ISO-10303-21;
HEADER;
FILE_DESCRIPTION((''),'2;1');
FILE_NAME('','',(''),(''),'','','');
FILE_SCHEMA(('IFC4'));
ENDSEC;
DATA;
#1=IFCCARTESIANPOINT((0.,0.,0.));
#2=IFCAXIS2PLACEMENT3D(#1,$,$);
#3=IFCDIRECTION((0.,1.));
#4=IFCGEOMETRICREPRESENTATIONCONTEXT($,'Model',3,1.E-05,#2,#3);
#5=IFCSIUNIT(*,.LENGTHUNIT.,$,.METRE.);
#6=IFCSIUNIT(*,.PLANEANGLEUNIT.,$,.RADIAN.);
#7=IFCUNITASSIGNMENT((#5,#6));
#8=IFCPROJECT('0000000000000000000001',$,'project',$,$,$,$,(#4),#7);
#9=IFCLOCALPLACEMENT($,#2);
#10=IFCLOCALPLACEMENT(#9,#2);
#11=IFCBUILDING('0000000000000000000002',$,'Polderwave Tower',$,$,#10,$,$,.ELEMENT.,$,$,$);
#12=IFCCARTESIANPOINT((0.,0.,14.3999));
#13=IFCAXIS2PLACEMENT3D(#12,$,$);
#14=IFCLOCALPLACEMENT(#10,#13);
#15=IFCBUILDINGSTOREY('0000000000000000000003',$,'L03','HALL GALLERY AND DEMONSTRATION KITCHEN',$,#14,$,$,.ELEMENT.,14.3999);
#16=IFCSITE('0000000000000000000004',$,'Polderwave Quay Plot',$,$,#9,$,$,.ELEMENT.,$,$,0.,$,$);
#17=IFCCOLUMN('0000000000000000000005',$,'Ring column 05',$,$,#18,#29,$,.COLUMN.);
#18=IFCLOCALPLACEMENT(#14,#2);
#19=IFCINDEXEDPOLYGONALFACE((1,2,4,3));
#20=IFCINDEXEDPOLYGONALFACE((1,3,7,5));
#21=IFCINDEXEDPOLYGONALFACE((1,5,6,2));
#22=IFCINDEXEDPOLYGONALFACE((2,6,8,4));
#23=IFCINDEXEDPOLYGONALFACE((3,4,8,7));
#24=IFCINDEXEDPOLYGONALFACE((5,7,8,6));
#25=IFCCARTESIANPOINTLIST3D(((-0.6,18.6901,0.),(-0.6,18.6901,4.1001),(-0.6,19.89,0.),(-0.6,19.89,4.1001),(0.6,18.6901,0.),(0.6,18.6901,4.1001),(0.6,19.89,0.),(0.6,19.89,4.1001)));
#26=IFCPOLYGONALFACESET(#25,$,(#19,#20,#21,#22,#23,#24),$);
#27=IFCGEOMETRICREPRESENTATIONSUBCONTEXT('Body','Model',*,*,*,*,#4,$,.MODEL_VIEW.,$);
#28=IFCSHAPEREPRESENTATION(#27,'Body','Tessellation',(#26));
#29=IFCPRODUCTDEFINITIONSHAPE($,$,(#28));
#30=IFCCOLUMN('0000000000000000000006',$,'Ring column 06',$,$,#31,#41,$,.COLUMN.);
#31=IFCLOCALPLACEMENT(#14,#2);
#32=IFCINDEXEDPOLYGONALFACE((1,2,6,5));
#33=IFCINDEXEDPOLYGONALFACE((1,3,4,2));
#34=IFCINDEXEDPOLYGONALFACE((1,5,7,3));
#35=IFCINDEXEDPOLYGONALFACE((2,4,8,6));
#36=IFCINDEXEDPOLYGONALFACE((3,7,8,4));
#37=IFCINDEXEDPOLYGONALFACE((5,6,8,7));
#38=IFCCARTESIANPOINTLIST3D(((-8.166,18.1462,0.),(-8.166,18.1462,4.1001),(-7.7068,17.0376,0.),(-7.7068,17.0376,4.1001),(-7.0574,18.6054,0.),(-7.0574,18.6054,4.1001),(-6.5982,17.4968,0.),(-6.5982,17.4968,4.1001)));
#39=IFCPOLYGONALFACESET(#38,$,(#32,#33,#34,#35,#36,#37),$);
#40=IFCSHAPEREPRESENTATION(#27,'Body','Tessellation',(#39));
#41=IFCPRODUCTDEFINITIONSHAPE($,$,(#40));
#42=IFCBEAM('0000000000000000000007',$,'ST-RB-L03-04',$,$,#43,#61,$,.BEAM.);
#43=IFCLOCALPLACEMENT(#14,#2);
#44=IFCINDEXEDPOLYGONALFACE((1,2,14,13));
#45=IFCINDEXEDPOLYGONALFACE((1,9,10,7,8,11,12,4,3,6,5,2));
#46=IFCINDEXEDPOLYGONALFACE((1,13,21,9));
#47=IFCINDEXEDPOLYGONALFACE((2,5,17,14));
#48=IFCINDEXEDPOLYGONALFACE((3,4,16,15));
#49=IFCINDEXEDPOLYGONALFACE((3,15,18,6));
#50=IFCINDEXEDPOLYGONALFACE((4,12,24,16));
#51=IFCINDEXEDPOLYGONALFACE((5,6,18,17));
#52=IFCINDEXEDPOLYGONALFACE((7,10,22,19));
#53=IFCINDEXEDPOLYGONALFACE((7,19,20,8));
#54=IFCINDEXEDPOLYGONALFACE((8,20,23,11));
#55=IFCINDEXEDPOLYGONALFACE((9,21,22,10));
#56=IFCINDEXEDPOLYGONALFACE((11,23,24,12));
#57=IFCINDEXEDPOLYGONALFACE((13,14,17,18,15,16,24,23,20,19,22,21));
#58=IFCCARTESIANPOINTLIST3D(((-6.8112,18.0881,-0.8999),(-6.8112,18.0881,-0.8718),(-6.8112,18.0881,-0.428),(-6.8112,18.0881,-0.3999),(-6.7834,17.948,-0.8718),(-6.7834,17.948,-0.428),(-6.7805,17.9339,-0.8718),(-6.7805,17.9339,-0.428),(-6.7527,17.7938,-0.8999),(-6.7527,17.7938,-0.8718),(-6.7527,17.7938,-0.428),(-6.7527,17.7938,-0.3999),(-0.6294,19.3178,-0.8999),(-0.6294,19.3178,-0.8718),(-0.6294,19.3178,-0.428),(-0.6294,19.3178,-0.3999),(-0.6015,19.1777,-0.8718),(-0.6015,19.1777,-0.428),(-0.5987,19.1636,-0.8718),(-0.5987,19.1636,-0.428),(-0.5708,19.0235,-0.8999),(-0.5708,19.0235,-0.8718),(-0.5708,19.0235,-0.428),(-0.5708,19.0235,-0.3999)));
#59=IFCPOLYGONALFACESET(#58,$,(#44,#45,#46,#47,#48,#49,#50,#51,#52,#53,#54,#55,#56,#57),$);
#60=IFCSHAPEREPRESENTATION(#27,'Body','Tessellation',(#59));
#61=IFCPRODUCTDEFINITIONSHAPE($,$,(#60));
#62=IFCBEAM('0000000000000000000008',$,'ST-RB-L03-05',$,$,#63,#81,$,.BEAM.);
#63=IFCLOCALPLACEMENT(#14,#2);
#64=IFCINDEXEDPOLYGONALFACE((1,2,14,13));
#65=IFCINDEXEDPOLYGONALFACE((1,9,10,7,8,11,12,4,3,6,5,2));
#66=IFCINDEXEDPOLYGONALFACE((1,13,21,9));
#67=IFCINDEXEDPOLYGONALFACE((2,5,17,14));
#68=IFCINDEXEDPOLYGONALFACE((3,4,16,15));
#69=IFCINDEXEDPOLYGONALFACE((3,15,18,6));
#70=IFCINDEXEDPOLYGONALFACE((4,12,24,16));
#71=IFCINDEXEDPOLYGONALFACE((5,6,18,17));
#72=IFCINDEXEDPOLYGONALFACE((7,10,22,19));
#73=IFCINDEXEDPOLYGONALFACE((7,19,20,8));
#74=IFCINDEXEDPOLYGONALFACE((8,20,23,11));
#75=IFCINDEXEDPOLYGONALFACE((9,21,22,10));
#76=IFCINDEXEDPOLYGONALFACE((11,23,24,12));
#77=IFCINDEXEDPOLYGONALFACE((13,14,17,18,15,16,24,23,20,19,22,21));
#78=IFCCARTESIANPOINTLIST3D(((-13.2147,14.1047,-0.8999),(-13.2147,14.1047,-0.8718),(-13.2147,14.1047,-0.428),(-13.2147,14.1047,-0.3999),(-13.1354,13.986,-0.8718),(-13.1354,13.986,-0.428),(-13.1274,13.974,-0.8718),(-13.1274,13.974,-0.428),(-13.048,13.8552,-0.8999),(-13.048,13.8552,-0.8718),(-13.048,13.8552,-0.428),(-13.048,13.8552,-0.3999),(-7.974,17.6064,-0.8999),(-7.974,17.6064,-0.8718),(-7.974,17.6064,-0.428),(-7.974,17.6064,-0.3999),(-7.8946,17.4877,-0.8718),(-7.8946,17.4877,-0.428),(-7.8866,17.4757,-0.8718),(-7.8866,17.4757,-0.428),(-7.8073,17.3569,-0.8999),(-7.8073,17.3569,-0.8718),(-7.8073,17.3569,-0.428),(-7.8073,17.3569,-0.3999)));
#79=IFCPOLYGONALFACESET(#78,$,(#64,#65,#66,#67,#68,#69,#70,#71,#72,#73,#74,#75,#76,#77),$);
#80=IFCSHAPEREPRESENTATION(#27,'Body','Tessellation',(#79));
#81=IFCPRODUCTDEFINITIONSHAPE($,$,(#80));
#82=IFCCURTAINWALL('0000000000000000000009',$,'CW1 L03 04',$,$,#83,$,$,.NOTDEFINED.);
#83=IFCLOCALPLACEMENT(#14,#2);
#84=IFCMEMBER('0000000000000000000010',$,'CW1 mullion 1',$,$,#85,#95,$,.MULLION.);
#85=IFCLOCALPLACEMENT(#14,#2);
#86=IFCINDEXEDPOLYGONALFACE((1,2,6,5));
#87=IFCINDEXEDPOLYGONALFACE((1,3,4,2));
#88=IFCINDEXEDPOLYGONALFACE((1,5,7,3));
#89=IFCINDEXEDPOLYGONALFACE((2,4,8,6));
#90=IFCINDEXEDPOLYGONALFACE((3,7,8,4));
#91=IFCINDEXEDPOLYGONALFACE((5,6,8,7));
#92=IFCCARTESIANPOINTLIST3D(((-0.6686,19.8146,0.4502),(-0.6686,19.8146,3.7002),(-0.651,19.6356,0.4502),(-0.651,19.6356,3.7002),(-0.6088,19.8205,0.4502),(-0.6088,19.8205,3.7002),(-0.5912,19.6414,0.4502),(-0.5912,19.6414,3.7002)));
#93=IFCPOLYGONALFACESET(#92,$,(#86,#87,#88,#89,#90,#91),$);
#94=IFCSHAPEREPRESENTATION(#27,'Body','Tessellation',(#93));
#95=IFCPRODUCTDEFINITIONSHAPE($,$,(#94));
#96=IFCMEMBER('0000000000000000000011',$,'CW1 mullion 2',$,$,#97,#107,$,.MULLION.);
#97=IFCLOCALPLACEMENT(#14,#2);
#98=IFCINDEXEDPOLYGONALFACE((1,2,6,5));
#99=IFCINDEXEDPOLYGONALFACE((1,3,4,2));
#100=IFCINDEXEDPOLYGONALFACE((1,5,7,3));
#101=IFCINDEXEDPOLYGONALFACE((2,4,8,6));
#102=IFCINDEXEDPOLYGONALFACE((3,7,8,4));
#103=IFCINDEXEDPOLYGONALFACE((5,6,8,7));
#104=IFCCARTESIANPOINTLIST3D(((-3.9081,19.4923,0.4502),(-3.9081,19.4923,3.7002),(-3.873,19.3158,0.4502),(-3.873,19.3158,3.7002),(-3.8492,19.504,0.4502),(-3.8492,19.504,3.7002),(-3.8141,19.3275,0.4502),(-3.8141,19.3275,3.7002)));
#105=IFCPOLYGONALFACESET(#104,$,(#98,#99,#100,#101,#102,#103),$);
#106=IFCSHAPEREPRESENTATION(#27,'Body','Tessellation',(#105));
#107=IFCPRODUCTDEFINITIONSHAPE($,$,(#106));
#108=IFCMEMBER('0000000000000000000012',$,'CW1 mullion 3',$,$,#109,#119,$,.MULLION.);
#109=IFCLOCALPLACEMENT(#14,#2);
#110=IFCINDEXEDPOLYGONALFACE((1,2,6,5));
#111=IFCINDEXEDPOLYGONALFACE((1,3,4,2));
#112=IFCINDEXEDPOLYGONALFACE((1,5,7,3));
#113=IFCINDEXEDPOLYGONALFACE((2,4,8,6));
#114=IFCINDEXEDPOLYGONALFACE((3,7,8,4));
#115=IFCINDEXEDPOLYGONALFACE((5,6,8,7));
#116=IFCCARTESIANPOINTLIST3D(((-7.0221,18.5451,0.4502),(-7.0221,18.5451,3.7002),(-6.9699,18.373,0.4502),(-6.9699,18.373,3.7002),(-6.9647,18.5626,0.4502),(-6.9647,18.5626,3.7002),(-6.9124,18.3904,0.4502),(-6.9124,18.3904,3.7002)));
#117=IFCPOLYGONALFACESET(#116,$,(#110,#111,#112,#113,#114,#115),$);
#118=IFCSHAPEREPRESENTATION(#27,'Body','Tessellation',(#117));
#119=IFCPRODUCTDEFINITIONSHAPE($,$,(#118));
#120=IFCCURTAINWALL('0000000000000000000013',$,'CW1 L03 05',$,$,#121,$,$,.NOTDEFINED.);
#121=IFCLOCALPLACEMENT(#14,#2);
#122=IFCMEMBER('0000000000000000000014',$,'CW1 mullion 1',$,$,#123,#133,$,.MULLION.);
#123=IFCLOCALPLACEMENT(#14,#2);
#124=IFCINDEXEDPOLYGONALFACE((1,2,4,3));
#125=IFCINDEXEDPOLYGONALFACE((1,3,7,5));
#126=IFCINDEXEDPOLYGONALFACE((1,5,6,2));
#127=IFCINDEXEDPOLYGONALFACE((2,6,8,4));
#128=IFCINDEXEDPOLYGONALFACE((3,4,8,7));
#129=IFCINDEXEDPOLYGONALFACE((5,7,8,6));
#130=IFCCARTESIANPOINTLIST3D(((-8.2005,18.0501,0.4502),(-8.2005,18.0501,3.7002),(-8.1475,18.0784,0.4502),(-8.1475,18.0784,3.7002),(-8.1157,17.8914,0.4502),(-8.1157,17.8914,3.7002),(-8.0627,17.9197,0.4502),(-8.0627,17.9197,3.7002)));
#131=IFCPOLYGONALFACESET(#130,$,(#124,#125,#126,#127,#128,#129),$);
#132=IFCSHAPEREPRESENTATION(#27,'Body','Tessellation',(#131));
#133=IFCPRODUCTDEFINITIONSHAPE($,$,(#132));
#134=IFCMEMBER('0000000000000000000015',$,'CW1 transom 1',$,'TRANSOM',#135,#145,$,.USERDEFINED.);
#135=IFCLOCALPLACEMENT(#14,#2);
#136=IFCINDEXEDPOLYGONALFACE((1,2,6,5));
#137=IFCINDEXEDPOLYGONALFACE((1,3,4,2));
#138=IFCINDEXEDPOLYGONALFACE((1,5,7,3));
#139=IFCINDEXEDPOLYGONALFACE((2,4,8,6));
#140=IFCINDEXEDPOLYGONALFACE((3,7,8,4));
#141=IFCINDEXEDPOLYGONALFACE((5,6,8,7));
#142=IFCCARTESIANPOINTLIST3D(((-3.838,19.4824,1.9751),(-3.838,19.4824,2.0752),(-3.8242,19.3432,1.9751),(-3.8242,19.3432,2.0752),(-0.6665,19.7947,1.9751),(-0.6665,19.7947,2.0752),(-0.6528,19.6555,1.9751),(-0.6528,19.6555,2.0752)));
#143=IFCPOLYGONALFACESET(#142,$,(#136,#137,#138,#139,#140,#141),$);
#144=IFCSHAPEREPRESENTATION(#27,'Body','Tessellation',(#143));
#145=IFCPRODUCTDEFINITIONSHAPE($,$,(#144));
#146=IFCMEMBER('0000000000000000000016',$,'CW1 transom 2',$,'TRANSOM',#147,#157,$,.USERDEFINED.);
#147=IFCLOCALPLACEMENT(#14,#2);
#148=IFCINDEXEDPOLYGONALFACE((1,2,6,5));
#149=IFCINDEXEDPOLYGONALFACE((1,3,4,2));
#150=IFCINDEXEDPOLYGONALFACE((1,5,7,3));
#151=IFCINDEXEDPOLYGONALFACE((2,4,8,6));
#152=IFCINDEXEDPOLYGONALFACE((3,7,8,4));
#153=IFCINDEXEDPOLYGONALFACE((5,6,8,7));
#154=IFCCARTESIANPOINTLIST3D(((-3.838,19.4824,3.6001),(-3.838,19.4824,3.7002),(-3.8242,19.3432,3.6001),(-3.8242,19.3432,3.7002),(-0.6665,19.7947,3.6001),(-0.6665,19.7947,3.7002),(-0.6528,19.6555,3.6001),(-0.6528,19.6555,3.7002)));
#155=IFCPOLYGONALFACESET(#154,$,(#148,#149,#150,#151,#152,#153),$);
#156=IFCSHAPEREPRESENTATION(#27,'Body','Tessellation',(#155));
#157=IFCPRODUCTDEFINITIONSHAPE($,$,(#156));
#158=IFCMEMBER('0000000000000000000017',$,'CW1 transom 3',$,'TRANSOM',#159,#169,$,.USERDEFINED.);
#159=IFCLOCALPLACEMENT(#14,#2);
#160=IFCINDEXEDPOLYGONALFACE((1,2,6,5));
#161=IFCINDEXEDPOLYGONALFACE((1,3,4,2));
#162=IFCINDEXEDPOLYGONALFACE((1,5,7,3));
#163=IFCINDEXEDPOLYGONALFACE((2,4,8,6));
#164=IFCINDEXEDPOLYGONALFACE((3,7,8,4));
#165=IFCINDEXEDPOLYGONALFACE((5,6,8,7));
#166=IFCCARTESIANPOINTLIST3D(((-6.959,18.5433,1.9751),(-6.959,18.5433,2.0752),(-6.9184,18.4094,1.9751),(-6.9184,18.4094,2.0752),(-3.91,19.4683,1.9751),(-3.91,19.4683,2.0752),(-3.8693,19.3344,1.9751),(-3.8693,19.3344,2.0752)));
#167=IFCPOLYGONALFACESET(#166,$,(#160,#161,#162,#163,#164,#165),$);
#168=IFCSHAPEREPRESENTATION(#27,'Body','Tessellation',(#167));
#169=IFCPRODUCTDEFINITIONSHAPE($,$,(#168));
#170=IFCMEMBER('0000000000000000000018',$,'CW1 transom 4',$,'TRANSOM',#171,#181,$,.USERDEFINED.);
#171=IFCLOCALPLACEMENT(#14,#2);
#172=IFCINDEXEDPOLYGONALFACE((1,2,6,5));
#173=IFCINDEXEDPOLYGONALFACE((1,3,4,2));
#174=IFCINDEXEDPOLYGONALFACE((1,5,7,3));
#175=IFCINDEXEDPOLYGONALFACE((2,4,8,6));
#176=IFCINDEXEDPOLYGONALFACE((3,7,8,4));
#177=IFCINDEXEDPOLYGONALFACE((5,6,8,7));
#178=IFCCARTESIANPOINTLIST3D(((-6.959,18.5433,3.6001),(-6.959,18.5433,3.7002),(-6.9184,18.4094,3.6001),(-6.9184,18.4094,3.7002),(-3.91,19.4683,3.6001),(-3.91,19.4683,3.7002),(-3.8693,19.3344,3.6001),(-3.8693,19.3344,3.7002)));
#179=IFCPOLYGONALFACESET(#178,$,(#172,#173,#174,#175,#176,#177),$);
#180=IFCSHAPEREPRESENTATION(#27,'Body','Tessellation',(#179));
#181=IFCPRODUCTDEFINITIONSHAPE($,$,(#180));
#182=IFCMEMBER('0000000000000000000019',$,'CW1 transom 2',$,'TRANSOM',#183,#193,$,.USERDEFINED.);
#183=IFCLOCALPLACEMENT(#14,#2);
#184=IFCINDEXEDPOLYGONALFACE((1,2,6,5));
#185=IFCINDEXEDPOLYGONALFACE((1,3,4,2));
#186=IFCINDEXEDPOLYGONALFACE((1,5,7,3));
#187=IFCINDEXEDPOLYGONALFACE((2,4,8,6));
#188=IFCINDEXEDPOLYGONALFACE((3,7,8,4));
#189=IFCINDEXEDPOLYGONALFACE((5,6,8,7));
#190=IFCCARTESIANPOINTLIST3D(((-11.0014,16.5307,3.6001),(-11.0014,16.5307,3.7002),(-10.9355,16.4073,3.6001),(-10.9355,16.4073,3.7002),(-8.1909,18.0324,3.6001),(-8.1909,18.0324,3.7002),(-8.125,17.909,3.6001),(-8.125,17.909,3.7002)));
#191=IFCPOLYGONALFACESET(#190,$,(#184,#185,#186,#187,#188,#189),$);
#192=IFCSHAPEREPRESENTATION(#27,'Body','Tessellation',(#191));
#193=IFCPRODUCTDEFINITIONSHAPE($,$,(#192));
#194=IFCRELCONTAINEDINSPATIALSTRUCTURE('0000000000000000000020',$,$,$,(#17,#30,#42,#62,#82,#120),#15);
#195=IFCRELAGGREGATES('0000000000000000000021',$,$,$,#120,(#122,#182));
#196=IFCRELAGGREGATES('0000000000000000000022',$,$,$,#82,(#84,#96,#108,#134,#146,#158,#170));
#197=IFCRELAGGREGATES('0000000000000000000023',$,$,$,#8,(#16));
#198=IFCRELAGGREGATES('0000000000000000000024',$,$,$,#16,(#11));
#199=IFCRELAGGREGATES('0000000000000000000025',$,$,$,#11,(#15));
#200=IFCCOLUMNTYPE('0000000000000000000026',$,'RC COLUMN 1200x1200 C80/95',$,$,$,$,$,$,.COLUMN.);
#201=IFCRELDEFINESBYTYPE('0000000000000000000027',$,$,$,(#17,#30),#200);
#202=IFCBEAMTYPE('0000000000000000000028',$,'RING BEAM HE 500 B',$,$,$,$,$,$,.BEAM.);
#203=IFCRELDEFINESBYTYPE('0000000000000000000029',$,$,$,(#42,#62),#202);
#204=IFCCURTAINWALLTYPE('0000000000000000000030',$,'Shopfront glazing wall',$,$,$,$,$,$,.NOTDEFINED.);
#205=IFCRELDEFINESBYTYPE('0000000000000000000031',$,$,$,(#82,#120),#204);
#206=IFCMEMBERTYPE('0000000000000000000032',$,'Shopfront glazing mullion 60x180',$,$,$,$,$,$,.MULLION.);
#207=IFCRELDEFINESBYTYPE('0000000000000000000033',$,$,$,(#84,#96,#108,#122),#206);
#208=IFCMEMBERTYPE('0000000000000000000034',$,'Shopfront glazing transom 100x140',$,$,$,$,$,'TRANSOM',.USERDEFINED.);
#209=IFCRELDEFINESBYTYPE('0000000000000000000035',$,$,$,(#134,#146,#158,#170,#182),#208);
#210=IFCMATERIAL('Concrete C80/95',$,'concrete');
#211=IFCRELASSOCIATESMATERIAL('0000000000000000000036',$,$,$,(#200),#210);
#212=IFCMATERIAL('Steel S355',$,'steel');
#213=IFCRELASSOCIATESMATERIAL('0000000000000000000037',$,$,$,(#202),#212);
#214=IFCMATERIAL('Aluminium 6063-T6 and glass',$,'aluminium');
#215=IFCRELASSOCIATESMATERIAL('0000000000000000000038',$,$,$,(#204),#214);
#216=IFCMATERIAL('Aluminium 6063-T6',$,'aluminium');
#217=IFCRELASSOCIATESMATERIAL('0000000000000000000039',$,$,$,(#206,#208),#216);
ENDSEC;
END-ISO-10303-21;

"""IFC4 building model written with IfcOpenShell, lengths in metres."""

from ifc_helpers import new_model, si_unit, direction, frame, origin, origin_2d, place, context, subcontext, project, spatial, rectangle, i_section, extrude, material, material_profile, profile_set, type_object, element, aggregate, save


model = new_model("IFC4")

# Units and contexts
model_context = context("Model", 3, precision=1e-05, world=origin(), true_north=direction((0.0, 1.0)))
body_context = subcontext(model_context, "Body", "Model", "MODEL_VIEW")
ifc_project = project(units=[si_unit("LENGTHUNIT", "METRE"), si_unit("PLANEANGLEUNIT", "RADIAN")], contexts=[model_context])

# Site, building, storey
site_placement = place(None, origin())
site = spatial("IfcSite", under=ifc_project, at=site_placement, Name="Polderwave Quay Plot", CompositionType="ELEMENT", RefElevation=0.0)
building_placement = place(site_placement, origin())
building = spatial("IfcBuilding", under=site, at=building_placement, Name="Polderwave Tower", CompositionType="ELEMENT")
storey_placement = place(building_placement, frame((0.0, 0.0, 14.3999)))
storey = spatial("IfcBuildingStorey", under=building, at=storey_placement, Name="L03", Description="HALL GALLERY AND DEMONSTRATION KITCHEN", CompositionType="ELEMENT", Elevation=14.3999)

# Columns
ifc_material_1 = material(Name="Concrete C80/95", Category="concrete")
ifc_material_profile_1 = material_profile(ifc_material_1, rectangle(XDim=1.2, YDim=1.2, at=origin_2d()), Name="RC 1200x1200")
ifc_profile_set_1 = profile_set([ifc_material_profile_1], Name="Concrete C80/95")
column_type = type_object("IfcColumnType", Name="RC COLUMN 1200x1200 C80/95", PredefinedType="COLUMN", material=ifc_profile_set_1)
for number, where, z_axis, x_axis, name in (
    (1, (0.0, 19.29, 0.0), (0.0, 0.0, 1.0), (0.0, 1.0, 0.0), "Ring column 05"),
    (2, (-7.3821, 17.8215, 0.0), (0.0, 0.0, 1.0), (-0.382683, 0.92388, 0.0), "Ring column 06"),
):
    element("IfcColumn", number, at=place(storey_placement, frame(where, z_axis=z_axis, x_axis=x_axis)), inside=storey, type_object=column_type, Name=name, PredefinedType="COLUMN", context=body_context, shape_type="SweptSolid", body=[
        extrude(rectangle(XDim=1.2, YDim=1.2, at=origin_2d()), origin(), (0.0, 0.0, 1.0), 4.1001),
    ])

# Beams
ifc_material_2 = material(Name="Steel S355", Category="steel")
ifc_material_profile_2 = material_profile(ifc_material_2, i_section(OverallWidth=0.3, OverallDepth=0.5, WebThickness=0.0144, FlangeThickness=0.0281, at=origin_2d()), Name="HE 500 B")
ifc_profile_set_2 = profile_set([ifc_material_profile_2], Name="Steel S355")
beam_type = type_object("IfcBeamType", Name="RING BEAM HE 500 B", PredefinedType="BEAM", material=ifc_profile_set_2)
for number, where, z_axis, x_axis, name in (
    (3, (-0.6001, 19.1707, -0.6499), (-0.980783, -0.195103, 0.0), (0.195103, -0.980783, 0.0), "ST-RB-L03-04"),
    (4, (-7.8906, 17.4817, -0.6499), (-0.831472, -0.555567, 0.0), (0.555567, -0.831472, 0.0), "ST-RB-L03-05"),
):
    element("IfcBeam", number, at=place(storey_placement, frame(where, z_axis=z_axis, x_axis=x_axis)), inside=storey, type_object=beam_type, Name=name, PredefinedType="BEAM", context=body_context, shape_type="SweptSolid", body=[
        extrude(i_section(OverallWidth=0.3, OverallDepth=0.5, WebThickness=0.0144, FlangeThickness=0.0281, at=origin_2d()), origin(), (0.0, 0.0, 1.0), 6.303),
    ])

# Curtain wall, members
ifc_material_3 = material(Name="Aluminium 6063-T6 and glass", Category="aluminium")
curtain_wall_type = type_object("IfcCurtainWallType", Name="Shopfront glazing wall", PredefinedType="NOTDEFINED", material=ifc_material_3)
curtain_wall_1_placement = place(storey_placement, origin())
curtain_wall_1 = element("IfcCurtainWall", 5, at=curtain_wall_1_placement, inside=storey, type_object=curtain_wall_type, Name="CW1 L03 04", PredefinedType="NOTDEFINED")
ifc_material_4 = material(Name="Aluminium 6063-T6", Category="aluminium")
ifc_material_profile_3 = material_profile(ifc_material_4, rectangle(XDim=0.1799, YDim=0.0601, at=origin_2d()), Name="AL 60x180")
ifc_profile_set_3 = profile_set([ifc_material_profile_3], Name="Aluminium 6063-T6")
member_type_1 = type_object("IfcMemberType", Name="Shopfront glazing mullion 60x180", PredefinedType="MULLION", material=ifc_profile_set_3)
member_1_placement = place(storey_placement, frame((-0.6299, 19.728, 0.4502), z_axis=(0.0, 0.0, 1.0), x_axis=(0.097963, -0.99519, 0.0)))
member_1 = element("IfcMember", 6, at=member_1_placement, type_object=member_type_1, Name="CW1 mullion 1", PredefinedType="MULLION", context=body_context, shape_type="SweptSolid", body=[
    extrude(rectangle(XDim=0.1799, YDim=0.0601, at=origin_2d()), origin(), (0.0, 0.0, 1.0), 3.25),
])
member_2_placement = place(storey_placement, frame((-3.8611, 19.4099, 0.4502), z_axis=(0.0, 0.0, 1.0), x_axis=(0.195065, -0.98079, 0.0)))
member_2 = element("IfcMember", 7, at=member_2_placement, type_object=member_type_1, Name="CW1 mullion 2", PredefinedType="MULLION", context=body_context, shape_type="SweptSolid", body=[
    extrude(rectangle(XDim=0.1799, YDim=0.0601, at=origin_2d()), origin(), (0.0, 0.0, 1.0), 3.25),
])
member_3_placement = place(storey_placement, frame((-6.9673, 18.4678, 0.4502), z_axis=(0.0, 0.0, 1.0), x_axis=(0.290286, -0.95694, 0.0)))
member_3 = element("IfcMember", 8, at=member_3_placement, type_object=member_type_1, Name="CW1 mullion 3", PredefinedType="MULLION", context=body_context, shape_type="SweptSolid", body=[
    extrude(rectangle(XDim=0.1799, YDim=0.0601, at=origin_2d()), origin(), (0.0, 0.0, 1.0), 3.25),
])

# Curtain wall, member
curtain_wall_2_placement = place(storey_placement, origin())
curtain_wall_2 = element("IfcCurtainWall", 9, at=curtain_wall_2_placement, inside=storey, type_object=curtain_wall_type, Name="CW1 L03 05", PredefinedType="NOTDEFINED")
member_4_placement = place(storey_placement, frame((-8.1316, 17.9849, 0.4502), z_axis=(0.0, 0.0, 1.0), x_axis=(0.471221, -0.882015, 0.0)))
member_4 = element("IfcMember", 10, at=member_4_placement, type_object=member_type_1, Name="CW1 mullion 1", PredefinedType="MULLION", context=body_context, shape_type="SweptSolid", body=[
    extrude(rectangle(XDim=0.1799, YDim=0.0601, at=origin_2d()), origin(), (0.0, 0.0, 1.0), 3.25),
])

# Members
ifc_material_profile_4 = material_profile(ifc_material_4, rectangle(XDim=0.1399, YDim=0.1001, at=origin_2d()), Name="AL 100x140")
ifc_profile_set_4 = profile_set([ifc_material_profile_4], Name="Aluminium 6063-T6")
member_type_2 = type_object("IfcMemberType", Name="Shopfront glazing transom 100x140", ElementType="TRANSOM", PredefinedType="USERDEFINED", material=ifc_profile_set_4)
member_5_placement = place(storey_placement, frame((-0.6597, 19.7251, 2.0251), z_axis=(-0.995188, -0.097987, 0.0), x_axis=(0.097987, -0.995188, 0.0)))
member_5 = element("IfcMember", 11, at=member_5_placement, type_object=member_type_2, Name="CW1 transom 1", ObjectType="TRANSOM", PredefinedType="USERDEFINED", context=body_context, shape_type="SweptSolid", body=[
    extrude(rectangle(XDim=0.1399, YDim=0.1001, at=origin_2d()), origin(), (0.0, 0.0, 1.0), 3.1868),
])
member_6_placement = place(storey_placement, frame((-0.6597, 19.7251, 3.6501), z_axis=(-0.995188, -0.097987, 0.0), x_axis=(0.097987, -0.995188, 0.0)))
member_6 = element("IfcMember", 12, at=member_6_placement, type_object=member_type_2, Name="CW1 transom 2", ObjectType="TRANSOM", PredefinedType="USERDEFINED", context=body_context, shape_type="SweptSolid", body=[
    extrude(rectangle(XDim=0.1399, YDim=0.1001, at=origin_2d()), origin(), (0.0, 0.0, 1.0), 3.1868),
])
member_7_placement = place(storey_placement, frame((-3.8896, 19.4014, 2.0251), z_axis=(-0.95693, -0.29032, 0.0), x_axis=(0.29032, -0.95693, 0.0)))
member_7 = element("IfcMember", 13, at=member_7_placement, type_object=member_type_2, Name="CW1 transom 3", ObjectType="TRANSOM", PredefinedType="USERDEFINED", context=body_context, shape_type="SweptSolid", body=[
    extrude(rectangle(XDim=0.1399, YDim=0.1001, at=origin_2d()), origin(), (0.0, 0.0, 1.0), 3.1863),
])
member_8_placement = place(storey_placement, frame((-3.8896, 19.4014, 3.6501), z_axis=(-0.95693, -0.29032, 0.0), x_axis=(0.29032, -0.95693, 0.0)))
member_8 = element("IfcMember", 14, at=member_8_placement, type_object=member_type_2, Name="CW1 transom 4", ObjectType="TRANSOM", PredefinedType="USERDEFINED", context=body_context, shape_type="SweptSolid", body=[
    extrude(rectangle(XDim=0.1399, YDim=0.1001, at=origin_2d()), origin(), (0.0, 0.0, 1.0), 3.1863),
])
member_9_placement = place(storey_placement, frame((-8.158, 17.9707, 3.6501), z_axis=(-0.881994, -0.47126, 0.0), x_axis=(0.47126, -0.881994, 0.0)))
member_9 = element("IfcMember", 15, at=member_9_placement, type_object=member_type_2, Name="CW1 transom 2", ObjectType="TRANSOM", PredefinedType="USERDEFINED", context=body_context, shape_type="SweptSolid", body=[
    extrude(rectangle(XDim=0.1399, YDim=0.1001, at=origin_2d()), origin(), (0.0, 0.0, 1.0), 3.1865),
])
aggregate(curtain_wall_2, [member_4, member_9])

aggregate(curtain_wall_1, [member_1, member_2, member_3, member_5, member_6, member_7, member_8])

save(model, "model.ifc")
